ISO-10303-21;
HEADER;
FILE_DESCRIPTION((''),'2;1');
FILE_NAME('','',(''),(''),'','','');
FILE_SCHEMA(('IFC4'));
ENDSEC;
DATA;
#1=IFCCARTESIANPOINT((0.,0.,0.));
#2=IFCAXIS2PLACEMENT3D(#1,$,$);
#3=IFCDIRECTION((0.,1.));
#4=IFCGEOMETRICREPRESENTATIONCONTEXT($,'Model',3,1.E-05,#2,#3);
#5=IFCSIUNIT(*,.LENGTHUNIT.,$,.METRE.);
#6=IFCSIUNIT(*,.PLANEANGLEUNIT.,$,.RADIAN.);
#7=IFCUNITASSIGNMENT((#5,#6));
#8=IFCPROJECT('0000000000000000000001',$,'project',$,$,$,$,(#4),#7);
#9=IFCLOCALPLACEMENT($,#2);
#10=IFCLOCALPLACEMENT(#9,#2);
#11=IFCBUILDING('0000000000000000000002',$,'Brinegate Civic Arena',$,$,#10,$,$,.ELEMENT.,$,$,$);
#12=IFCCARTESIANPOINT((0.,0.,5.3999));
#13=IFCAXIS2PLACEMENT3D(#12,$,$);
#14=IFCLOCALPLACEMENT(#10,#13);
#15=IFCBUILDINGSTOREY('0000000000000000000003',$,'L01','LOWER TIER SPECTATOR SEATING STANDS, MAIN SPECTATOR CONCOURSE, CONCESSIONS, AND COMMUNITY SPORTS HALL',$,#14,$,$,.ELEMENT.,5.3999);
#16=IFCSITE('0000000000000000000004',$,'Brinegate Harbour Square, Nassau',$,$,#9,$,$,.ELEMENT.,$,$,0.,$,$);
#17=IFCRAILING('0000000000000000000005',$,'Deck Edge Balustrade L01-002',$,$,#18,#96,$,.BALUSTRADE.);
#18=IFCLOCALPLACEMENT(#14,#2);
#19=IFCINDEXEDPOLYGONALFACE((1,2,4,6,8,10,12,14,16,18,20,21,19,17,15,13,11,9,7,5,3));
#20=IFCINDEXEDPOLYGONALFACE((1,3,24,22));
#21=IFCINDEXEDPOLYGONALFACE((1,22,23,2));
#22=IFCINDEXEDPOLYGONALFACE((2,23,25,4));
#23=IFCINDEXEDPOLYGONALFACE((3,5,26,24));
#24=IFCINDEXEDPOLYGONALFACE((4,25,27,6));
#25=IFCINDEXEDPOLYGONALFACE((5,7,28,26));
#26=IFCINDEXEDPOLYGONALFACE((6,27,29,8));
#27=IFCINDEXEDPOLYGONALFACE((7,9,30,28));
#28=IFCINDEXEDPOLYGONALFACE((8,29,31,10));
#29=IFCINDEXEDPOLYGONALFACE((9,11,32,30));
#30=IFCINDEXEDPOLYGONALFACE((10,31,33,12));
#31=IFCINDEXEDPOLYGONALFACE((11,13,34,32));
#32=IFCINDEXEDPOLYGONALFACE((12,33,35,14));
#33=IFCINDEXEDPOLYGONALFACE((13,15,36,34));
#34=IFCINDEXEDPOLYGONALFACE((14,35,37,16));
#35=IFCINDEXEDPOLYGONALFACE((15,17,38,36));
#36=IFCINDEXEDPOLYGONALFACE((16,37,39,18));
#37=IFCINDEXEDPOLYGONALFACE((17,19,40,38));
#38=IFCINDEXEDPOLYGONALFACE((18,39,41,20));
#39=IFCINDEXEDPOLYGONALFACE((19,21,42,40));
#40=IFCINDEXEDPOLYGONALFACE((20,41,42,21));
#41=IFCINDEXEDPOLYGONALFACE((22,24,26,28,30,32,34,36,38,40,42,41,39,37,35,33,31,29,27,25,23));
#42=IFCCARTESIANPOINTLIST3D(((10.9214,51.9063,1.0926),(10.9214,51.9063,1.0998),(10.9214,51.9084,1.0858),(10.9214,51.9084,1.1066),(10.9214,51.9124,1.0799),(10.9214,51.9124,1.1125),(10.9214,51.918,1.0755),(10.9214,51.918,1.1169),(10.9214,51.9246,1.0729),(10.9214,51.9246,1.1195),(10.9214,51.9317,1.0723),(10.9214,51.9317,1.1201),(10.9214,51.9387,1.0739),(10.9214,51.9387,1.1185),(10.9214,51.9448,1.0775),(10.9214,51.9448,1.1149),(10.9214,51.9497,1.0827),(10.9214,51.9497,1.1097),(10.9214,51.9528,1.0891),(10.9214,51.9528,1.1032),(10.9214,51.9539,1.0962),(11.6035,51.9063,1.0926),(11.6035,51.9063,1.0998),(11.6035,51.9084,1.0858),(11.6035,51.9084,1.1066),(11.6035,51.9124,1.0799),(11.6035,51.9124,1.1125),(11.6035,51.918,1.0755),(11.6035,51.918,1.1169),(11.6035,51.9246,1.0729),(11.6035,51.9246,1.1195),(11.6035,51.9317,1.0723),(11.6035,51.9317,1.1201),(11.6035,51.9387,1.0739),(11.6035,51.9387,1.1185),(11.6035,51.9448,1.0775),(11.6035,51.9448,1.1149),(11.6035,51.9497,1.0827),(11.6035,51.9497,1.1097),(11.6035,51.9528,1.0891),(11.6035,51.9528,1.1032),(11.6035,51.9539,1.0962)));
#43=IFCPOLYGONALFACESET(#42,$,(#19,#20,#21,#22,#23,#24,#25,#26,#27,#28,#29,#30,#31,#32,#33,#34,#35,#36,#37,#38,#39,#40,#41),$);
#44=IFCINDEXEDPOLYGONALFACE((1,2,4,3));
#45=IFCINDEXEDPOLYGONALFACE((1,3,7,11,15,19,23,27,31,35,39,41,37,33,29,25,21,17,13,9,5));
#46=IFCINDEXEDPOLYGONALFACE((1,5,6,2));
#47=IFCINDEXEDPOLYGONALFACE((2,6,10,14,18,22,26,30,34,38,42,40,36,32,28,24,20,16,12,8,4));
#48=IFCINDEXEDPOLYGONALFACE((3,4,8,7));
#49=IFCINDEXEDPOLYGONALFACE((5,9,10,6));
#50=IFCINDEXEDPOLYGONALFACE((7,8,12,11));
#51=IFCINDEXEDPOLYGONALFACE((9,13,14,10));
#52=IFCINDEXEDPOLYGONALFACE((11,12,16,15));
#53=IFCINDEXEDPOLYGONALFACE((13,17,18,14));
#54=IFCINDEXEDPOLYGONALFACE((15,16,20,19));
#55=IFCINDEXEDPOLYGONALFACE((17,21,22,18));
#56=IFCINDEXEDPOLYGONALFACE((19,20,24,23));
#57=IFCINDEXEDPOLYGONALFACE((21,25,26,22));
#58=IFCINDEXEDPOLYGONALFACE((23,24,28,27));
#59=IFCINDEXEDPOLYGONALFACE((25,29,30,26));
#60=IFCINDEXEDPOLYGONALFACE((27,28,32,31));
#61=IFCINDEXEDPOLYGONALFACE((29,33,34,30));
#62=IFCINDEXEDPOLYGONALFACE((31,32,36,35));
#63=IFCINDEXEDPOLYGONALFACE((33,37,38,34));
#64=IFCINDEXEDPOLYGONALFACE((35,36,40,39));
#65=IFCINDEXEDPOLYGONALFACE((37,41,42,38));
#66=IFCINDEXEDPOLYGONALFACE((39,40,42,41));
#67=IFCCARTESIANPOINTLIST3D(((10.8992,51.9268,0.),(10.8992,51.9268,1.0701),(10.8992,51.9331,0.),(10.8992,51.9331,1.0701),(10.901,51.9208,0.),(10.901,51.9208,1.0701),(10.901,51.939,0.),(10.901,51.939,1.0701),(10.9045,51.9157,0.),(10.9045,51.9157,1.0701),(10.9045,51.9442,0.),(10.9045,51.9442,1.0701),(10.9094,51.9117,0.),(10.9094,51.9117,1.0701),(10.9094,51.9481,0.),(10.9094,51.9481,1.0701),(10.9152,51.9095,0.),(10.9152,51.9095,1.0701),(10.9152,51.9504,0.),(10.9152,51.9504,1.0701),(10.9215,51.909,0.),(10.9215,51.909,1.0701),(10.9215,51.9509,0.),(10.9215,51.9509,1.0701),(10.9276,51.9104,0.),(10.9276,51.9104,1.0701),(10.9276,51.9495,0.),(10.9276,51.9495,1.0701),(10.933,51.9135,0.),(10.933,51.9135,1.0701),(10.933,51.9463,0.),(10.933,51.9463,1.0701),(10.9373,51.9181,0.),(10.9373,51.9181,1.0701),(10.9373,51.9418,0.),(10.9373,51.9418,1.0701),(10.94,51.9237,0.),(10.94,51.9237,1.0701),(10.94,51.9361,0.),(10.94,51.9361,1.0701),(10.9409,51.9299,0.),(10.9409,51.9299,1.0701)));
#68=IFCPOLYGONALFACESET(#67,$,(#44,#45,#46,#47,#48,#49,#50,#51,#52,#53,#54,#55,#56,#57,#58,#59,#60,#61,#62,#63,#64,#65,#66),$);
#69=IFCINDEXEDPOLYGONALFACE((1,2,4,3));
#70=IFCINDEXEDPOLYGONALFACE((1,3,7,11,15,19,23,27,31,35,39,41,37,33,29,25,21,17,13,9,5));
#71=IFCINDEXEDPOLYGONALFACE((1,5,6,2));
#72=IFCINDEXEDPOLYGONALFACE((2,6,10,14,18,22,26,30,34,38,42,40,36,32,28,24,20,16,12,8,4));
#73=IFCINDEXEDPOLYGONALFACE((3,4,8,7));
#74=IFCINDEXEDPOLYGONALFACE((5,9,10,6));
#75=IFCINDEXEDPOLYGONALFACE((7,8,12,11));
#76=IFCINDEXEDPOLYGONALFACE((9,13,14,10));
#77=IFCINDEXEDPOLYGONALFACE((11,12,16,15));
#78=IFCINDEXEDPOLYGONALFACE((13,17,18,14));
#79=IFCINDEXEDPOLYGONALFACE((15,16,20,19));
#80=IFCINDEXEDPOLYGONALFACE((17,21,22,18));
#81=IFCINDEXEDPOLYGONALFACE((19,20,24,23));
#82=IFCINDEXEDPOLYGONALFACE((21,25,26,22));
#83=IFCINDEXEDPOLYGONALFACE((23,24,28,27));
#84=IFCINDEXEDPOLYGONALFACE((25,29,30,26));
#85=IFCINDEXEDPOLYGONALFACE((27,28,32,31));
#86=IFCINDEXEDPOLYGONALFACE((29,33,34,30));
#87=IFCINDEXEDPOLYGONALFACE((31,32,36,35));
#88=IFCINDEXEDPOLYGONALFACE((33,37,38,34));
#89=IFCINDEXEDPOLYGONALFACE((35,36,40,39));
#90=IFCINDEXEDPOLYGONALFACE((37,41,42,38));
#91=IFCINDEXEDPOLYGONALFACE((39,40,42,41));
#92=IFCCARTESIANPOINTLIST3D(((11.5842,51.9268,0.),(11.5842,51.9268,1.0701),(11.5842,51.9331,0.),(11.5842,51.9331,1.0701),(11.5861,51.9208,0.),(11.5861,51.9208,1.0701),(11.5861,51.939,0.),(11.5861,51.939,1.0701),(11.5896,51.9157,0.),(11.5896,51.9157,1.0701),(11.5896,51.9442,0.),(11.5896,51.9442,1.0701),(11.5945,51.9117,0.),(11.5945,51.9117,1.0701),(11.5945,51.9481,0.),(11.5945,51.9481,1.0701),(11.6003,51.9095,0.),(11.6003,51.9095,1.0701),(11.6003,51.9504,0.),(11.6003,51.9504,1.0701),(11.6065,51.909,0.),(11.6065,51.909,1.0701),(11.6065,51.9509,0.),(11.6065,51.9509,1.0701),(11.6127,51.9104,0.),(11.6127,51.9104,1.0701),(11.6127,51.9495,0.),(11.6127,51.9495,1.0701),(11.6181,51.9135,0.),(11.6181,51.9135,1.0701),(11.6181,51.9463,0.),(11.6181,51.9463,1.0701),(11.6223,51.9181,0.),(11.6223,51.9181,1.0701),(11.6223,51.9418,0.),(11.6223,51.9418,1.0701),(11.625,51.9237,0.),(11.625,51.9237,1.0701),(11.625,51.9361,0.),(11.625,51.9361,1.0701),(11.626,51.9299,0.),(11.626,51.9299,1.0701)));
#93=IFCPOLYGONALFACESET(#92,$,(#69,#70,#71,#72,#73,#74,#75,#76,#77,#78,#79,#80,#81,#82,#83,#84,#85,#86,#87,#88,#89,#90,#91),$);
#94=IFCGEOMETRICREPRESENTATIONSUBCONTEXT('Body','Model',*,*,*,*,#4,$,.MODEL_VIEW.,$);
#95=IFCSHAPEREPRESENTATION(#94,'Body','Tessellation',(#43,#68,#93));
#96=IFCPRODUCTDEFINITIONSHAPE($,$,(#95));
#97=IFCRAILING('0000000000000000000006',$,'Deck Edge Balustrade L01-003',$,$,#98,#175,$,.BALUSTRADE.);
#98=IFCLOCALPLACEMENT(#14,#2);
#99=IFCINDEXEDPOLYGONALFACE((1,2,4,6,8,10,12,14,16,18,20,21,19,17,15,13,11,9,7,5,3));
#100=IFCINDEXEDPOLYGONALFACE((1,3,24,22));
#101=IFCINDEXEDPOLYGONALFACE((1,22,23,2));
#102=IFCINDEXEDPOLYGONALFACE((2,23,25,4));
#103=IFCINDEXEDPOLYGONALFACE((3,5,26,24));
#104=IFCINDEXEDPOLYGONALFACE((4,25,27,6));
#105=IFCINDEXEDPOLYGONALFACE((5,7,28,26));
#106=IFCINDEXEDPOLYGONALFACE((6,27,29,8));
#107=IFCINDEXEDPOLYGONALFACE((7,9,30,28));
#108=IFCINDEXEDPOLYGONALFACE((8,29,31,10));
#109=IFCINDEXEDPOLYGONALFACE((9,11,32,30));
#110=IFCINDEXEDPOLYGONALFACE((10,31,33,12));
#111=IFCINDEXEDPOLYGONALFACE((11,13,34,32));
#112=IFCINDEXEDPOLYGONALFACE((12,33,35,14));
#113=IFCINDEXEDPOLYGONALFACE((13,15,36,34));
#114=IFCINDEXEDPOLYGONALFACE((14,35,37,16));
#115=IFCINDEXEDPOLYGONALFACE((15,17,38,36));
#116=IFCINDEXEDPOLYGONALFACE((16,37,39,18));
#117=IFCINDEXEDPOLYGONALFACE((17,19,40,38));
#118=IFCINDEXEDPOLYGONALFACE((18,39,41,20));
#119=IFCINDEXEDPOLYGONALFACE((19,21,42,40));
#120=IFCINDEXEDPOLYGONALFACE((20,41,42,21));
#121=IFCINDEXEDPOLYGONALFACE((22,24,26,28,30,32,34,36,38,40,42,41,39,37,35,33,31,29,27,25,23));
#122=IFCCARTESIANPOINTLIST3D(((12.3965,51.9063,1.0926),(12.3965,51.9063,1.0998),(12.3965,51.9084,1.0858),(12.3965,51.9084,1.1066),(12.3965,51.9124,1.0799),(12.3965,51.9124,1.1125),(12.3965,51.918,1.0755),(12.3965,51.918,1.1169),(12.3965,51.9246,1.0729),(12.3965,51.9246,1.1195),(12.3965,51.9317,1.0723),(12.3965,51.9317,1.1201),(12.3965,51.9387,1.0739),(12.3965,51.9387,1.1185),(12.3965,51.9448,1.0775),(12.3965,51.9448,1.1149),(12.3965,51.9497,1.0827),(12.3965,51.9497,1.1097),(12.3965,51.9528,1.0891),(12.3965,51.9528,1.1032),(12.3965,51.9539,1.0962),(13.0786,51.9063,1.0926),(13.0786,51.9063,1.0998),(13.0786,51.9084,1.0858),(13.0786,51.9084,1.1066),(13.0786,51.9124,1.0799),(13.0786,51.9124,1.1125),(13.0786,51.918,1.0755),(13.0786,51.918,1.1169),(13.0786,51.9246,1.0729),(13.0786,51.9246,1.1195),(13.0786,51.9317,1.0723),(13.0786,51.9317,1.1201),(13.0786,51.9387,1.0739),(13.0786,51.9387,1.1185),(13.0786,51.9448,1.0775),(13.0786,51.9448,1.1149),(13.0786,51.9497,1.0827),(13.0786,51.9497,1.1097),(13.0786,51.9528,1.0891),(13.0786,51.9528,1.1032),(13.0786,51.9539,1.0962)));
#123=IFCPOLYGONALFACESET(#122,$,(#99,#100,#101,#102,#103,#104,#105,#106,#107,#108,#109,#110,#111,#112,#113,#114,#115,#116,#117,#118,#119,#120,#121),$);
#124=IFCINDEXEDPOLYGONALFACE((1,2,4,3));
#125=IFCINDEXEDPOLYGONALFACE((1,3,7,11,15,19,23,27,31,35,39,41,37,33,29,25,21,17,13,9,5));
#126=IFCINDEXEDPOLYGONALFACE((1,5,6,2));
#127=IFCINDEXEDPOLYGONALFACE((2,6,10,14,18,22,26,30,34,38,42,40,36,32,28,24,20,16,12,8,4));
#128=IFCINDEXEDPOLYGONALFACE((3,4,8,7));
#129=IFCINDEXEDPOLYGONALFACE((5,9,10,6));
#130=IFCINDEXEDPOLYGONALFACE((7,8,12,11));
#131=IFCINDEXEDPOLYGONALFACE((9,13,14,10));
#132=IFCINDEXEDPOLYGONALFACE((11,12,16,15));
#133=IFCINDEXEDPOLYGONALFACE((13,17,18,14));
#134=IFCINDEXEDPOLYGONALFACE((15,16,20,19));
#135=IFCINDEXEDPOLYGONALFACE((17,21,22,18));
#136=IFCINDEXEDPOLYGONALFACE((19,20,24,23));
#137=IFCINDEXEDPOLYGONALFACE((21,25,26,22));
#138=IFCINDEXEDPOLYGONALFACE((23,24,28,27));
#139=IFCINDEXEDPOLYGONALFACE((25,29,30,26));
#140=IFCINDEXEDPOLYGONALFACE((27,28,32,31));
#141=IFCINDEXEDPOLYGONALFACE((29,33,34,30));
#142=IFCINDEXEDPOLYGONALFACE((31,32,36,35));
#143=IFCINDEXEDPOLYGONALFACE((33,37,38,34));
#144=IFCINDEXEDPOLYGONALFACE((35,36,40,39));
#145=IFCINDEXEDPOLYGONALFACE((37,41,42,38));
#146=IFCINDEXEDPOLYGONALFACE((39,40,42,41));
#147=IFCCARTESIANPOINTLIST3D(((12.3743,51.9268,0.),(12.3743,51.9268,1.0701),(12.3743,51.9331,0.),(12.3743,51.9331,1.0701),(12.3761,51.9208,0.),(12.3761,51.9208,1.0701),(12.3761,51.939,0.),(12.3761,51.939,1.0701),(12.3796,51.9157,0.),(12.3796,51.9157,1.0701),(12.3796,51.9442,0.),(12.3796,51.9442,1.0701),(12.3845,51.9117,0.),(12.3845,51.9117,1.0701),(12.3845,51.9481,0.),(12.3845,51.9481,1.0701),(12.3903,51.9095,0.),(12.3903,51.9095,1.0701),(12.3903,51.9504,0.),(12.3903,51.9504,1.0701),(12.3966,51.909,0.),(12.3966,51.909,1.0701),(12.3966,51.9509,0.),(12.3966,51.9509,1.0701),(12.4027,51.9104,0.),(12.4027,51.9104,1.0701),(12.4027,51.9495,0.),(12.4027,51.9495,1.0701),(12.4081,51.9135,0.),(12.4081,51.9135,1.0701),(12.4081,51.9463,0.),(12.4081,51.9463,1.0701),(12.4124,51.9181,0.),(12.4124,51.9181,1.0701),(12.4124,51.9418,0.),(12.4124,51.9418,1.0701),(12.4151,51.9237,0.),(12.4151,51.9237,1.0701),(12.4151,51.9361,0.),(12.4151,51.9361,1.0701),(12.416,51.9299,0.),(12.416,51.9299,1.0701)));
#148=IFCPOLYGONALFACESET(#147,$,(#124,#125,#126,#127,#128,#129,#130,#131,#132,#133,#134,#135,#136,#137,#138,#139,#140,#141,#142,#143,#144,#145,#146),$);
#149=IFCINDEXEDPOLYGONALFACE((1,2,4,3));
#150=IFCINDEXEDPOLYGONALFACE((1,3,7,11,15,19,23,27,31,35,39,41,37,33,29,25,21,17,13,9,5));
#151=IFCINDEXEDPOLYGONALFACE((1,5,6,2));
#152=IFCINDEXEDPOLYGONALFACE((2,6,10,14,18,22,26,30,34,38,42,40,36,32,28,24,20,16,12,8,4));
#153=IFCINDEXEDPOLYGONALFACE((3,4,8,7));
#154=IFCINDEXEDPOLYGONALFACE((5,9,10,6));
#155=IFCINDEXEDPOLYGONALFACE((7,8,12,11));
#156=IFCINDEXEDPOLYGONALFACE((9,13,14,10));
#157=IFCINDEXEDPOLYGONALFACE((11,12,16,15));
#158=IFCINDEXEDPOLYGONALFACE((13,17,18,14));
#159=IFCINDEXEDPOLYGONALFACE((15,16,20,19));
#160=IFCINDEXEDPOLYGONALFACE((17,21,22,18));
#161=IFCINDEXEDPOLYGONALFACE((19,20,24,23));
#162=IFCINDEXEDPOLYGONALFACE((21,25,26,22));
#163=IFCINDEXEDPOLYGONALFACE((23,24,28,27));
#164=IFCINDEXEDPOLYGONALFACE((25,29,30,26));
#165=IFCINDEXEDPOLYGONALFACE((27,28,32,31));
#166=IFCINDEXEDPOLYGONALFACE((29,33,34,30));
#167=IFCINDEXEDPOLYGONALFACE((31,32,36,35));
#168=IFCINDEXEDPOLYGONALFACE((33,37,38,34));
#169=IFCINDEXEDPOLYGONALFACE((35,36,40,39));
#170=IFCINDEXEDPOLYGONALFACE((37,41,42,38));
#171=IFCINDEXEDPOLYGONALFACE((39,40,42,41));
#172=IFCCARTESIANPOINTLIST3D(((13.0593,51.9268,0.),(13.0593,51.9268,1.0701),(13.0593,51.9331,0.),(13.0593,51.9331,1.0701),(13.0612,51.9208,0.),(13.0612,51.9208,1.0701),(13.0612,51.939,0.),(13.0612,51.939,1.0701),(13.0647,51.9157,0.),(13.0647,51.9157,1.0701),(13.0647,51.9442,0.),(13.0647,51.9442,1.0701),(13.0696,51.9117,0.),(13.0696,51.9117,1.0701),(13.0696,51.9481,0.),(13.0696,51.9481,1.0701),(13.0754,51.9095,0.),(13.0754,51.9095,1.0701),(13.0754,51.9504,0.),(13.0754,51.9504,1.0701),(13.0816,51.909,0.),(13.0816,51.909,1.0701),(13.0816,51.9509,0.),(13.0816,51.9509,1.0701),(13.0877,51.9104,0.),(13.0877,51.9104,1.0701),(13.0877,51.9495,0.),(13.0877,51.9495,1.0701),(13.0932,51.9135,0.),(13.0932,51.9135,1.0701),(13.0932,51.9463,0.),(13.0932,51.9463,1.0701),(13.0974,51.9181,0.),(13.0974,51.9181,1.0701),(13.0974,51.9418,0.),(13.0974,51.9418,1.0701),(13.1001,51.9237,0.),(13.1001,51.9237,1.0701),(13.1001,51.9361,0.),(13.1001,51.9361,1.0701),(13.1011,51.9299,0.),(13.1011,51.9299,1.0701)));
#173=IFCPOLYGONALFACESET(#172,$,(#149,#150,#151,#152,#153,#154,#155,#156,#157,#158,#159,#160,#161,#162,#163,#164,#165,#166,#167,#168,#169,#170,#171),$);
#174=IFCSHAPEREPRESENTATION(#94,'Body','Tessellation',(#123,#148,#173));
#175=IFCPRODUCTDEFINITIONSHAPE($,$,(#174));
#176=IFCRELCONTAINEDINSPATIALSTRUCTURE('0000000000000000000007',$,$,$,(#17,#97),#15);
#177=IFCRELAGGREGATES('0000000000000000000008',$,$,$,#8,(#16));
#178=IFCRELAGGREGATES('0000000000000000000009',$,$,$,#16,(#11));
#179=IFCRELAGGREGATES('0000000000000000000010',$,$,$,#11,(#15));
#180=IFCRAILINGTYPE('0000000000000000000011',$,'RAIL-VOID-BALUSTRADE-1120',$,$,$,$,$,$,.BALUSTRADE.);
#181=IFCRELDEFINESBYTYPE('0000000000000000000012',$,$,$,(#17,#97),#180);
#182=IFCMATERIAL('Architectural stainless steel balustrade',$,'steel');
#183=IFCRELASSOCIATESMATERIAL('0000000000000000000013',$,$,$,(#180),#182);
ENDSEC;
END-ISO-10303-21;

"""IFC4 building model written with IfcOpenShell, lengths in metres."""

from ifc_helpers import new_model, si_unit, direction, frame, origin, origin_2d, place, context, subcontext, project, spatial, circle, extrude, material, type_object, element, save


model = new_model("IFC4")

# Units and contexts
model_context = context("Model", 3, precision=1e-05, world=origin(), true_north=direction((0.0, 1.0)))
body_context = subcontext(model_context, "Body", "Model", "MODEL_VIEW")
ifc_project = project(units=[si_unit("LENGTHUNIT", "METRE"), si_unit("PLANEANGLEUNIT", "RADIAN")], contexts=[model_context])

# Site, building, storey
site_placement = place(None, origin())
site = spatial("IfcSite", under=ifc_project, at=site_placement, Name="Brinegate Harbour Square, Nassau", CompositionType="ELEMENT", RefElevation=0.0)
building_placement = place(site_placement, origin())
building = spatial("IfcBuilding", under=site, at=building_placement, Name="Brinegate Civic Arena", CompositionType="ELEMENT")
storey_placement = place(building_placement, frame((0.0, 0.0, 5.3999)))
storey = spatial("IfcBuildingStorey", under=building, at=storey_placement, Name="L01", Description="LOWER TIER SPECTATOR SEATING STANDS, MAIN SPECTATOR CONCOURSE, CONCESSIONS, AND COMMUNITY SPORTS HALL", CompositionType="ELEMENT", Elevation=5.3999)

# Railings
ifc_material_1 = material(Name="Architectural stainless steel balustrade", Category="steel")
railing_type = type_object("IfcRailingType", Name="RAIL-VOID-BALUSTRADE-1120", PredefinedType="BALUSTRADE", material=ifc_material_1)
for number, where, name in (
    (1, (10.9199, 51.9299, 0.0), "Deck Edge Balustrade L01-002"),
    (2, (12.395, 51.9299, 0.0), "Deck Edge Balustrade L01-003"),
):
    element("IfcRailing", number, at=place(storey_placement, frame(where)), inside=storey, type_object=railing_type, Name=name, PredefinedType="BALUSTRADE", context=body_context, shape_type="SweptSolid", body=[
        extrude(circle(Radius=0.0239, at=origin_2d()), frame((0.0015, 0.0, 1.0962), z_axis=(1.0, 0.0, 0.0), x_axis=(0.0, 1.0, 0.0)), (0.0, 0.0, 1.0), 0.6821),
        extrude(circle(Radius=0.021, at=origin_2d()), origin(), (0.0, 0.0, 1.0), 1.0701),
        extrude(circle(Radius=0.021, at=origin_2d()), frame((0.6851, 0.0, 0.0)), (0.0, 0.0, 1.0), 1.0701),
    ])

save(model, "model.ifc")
